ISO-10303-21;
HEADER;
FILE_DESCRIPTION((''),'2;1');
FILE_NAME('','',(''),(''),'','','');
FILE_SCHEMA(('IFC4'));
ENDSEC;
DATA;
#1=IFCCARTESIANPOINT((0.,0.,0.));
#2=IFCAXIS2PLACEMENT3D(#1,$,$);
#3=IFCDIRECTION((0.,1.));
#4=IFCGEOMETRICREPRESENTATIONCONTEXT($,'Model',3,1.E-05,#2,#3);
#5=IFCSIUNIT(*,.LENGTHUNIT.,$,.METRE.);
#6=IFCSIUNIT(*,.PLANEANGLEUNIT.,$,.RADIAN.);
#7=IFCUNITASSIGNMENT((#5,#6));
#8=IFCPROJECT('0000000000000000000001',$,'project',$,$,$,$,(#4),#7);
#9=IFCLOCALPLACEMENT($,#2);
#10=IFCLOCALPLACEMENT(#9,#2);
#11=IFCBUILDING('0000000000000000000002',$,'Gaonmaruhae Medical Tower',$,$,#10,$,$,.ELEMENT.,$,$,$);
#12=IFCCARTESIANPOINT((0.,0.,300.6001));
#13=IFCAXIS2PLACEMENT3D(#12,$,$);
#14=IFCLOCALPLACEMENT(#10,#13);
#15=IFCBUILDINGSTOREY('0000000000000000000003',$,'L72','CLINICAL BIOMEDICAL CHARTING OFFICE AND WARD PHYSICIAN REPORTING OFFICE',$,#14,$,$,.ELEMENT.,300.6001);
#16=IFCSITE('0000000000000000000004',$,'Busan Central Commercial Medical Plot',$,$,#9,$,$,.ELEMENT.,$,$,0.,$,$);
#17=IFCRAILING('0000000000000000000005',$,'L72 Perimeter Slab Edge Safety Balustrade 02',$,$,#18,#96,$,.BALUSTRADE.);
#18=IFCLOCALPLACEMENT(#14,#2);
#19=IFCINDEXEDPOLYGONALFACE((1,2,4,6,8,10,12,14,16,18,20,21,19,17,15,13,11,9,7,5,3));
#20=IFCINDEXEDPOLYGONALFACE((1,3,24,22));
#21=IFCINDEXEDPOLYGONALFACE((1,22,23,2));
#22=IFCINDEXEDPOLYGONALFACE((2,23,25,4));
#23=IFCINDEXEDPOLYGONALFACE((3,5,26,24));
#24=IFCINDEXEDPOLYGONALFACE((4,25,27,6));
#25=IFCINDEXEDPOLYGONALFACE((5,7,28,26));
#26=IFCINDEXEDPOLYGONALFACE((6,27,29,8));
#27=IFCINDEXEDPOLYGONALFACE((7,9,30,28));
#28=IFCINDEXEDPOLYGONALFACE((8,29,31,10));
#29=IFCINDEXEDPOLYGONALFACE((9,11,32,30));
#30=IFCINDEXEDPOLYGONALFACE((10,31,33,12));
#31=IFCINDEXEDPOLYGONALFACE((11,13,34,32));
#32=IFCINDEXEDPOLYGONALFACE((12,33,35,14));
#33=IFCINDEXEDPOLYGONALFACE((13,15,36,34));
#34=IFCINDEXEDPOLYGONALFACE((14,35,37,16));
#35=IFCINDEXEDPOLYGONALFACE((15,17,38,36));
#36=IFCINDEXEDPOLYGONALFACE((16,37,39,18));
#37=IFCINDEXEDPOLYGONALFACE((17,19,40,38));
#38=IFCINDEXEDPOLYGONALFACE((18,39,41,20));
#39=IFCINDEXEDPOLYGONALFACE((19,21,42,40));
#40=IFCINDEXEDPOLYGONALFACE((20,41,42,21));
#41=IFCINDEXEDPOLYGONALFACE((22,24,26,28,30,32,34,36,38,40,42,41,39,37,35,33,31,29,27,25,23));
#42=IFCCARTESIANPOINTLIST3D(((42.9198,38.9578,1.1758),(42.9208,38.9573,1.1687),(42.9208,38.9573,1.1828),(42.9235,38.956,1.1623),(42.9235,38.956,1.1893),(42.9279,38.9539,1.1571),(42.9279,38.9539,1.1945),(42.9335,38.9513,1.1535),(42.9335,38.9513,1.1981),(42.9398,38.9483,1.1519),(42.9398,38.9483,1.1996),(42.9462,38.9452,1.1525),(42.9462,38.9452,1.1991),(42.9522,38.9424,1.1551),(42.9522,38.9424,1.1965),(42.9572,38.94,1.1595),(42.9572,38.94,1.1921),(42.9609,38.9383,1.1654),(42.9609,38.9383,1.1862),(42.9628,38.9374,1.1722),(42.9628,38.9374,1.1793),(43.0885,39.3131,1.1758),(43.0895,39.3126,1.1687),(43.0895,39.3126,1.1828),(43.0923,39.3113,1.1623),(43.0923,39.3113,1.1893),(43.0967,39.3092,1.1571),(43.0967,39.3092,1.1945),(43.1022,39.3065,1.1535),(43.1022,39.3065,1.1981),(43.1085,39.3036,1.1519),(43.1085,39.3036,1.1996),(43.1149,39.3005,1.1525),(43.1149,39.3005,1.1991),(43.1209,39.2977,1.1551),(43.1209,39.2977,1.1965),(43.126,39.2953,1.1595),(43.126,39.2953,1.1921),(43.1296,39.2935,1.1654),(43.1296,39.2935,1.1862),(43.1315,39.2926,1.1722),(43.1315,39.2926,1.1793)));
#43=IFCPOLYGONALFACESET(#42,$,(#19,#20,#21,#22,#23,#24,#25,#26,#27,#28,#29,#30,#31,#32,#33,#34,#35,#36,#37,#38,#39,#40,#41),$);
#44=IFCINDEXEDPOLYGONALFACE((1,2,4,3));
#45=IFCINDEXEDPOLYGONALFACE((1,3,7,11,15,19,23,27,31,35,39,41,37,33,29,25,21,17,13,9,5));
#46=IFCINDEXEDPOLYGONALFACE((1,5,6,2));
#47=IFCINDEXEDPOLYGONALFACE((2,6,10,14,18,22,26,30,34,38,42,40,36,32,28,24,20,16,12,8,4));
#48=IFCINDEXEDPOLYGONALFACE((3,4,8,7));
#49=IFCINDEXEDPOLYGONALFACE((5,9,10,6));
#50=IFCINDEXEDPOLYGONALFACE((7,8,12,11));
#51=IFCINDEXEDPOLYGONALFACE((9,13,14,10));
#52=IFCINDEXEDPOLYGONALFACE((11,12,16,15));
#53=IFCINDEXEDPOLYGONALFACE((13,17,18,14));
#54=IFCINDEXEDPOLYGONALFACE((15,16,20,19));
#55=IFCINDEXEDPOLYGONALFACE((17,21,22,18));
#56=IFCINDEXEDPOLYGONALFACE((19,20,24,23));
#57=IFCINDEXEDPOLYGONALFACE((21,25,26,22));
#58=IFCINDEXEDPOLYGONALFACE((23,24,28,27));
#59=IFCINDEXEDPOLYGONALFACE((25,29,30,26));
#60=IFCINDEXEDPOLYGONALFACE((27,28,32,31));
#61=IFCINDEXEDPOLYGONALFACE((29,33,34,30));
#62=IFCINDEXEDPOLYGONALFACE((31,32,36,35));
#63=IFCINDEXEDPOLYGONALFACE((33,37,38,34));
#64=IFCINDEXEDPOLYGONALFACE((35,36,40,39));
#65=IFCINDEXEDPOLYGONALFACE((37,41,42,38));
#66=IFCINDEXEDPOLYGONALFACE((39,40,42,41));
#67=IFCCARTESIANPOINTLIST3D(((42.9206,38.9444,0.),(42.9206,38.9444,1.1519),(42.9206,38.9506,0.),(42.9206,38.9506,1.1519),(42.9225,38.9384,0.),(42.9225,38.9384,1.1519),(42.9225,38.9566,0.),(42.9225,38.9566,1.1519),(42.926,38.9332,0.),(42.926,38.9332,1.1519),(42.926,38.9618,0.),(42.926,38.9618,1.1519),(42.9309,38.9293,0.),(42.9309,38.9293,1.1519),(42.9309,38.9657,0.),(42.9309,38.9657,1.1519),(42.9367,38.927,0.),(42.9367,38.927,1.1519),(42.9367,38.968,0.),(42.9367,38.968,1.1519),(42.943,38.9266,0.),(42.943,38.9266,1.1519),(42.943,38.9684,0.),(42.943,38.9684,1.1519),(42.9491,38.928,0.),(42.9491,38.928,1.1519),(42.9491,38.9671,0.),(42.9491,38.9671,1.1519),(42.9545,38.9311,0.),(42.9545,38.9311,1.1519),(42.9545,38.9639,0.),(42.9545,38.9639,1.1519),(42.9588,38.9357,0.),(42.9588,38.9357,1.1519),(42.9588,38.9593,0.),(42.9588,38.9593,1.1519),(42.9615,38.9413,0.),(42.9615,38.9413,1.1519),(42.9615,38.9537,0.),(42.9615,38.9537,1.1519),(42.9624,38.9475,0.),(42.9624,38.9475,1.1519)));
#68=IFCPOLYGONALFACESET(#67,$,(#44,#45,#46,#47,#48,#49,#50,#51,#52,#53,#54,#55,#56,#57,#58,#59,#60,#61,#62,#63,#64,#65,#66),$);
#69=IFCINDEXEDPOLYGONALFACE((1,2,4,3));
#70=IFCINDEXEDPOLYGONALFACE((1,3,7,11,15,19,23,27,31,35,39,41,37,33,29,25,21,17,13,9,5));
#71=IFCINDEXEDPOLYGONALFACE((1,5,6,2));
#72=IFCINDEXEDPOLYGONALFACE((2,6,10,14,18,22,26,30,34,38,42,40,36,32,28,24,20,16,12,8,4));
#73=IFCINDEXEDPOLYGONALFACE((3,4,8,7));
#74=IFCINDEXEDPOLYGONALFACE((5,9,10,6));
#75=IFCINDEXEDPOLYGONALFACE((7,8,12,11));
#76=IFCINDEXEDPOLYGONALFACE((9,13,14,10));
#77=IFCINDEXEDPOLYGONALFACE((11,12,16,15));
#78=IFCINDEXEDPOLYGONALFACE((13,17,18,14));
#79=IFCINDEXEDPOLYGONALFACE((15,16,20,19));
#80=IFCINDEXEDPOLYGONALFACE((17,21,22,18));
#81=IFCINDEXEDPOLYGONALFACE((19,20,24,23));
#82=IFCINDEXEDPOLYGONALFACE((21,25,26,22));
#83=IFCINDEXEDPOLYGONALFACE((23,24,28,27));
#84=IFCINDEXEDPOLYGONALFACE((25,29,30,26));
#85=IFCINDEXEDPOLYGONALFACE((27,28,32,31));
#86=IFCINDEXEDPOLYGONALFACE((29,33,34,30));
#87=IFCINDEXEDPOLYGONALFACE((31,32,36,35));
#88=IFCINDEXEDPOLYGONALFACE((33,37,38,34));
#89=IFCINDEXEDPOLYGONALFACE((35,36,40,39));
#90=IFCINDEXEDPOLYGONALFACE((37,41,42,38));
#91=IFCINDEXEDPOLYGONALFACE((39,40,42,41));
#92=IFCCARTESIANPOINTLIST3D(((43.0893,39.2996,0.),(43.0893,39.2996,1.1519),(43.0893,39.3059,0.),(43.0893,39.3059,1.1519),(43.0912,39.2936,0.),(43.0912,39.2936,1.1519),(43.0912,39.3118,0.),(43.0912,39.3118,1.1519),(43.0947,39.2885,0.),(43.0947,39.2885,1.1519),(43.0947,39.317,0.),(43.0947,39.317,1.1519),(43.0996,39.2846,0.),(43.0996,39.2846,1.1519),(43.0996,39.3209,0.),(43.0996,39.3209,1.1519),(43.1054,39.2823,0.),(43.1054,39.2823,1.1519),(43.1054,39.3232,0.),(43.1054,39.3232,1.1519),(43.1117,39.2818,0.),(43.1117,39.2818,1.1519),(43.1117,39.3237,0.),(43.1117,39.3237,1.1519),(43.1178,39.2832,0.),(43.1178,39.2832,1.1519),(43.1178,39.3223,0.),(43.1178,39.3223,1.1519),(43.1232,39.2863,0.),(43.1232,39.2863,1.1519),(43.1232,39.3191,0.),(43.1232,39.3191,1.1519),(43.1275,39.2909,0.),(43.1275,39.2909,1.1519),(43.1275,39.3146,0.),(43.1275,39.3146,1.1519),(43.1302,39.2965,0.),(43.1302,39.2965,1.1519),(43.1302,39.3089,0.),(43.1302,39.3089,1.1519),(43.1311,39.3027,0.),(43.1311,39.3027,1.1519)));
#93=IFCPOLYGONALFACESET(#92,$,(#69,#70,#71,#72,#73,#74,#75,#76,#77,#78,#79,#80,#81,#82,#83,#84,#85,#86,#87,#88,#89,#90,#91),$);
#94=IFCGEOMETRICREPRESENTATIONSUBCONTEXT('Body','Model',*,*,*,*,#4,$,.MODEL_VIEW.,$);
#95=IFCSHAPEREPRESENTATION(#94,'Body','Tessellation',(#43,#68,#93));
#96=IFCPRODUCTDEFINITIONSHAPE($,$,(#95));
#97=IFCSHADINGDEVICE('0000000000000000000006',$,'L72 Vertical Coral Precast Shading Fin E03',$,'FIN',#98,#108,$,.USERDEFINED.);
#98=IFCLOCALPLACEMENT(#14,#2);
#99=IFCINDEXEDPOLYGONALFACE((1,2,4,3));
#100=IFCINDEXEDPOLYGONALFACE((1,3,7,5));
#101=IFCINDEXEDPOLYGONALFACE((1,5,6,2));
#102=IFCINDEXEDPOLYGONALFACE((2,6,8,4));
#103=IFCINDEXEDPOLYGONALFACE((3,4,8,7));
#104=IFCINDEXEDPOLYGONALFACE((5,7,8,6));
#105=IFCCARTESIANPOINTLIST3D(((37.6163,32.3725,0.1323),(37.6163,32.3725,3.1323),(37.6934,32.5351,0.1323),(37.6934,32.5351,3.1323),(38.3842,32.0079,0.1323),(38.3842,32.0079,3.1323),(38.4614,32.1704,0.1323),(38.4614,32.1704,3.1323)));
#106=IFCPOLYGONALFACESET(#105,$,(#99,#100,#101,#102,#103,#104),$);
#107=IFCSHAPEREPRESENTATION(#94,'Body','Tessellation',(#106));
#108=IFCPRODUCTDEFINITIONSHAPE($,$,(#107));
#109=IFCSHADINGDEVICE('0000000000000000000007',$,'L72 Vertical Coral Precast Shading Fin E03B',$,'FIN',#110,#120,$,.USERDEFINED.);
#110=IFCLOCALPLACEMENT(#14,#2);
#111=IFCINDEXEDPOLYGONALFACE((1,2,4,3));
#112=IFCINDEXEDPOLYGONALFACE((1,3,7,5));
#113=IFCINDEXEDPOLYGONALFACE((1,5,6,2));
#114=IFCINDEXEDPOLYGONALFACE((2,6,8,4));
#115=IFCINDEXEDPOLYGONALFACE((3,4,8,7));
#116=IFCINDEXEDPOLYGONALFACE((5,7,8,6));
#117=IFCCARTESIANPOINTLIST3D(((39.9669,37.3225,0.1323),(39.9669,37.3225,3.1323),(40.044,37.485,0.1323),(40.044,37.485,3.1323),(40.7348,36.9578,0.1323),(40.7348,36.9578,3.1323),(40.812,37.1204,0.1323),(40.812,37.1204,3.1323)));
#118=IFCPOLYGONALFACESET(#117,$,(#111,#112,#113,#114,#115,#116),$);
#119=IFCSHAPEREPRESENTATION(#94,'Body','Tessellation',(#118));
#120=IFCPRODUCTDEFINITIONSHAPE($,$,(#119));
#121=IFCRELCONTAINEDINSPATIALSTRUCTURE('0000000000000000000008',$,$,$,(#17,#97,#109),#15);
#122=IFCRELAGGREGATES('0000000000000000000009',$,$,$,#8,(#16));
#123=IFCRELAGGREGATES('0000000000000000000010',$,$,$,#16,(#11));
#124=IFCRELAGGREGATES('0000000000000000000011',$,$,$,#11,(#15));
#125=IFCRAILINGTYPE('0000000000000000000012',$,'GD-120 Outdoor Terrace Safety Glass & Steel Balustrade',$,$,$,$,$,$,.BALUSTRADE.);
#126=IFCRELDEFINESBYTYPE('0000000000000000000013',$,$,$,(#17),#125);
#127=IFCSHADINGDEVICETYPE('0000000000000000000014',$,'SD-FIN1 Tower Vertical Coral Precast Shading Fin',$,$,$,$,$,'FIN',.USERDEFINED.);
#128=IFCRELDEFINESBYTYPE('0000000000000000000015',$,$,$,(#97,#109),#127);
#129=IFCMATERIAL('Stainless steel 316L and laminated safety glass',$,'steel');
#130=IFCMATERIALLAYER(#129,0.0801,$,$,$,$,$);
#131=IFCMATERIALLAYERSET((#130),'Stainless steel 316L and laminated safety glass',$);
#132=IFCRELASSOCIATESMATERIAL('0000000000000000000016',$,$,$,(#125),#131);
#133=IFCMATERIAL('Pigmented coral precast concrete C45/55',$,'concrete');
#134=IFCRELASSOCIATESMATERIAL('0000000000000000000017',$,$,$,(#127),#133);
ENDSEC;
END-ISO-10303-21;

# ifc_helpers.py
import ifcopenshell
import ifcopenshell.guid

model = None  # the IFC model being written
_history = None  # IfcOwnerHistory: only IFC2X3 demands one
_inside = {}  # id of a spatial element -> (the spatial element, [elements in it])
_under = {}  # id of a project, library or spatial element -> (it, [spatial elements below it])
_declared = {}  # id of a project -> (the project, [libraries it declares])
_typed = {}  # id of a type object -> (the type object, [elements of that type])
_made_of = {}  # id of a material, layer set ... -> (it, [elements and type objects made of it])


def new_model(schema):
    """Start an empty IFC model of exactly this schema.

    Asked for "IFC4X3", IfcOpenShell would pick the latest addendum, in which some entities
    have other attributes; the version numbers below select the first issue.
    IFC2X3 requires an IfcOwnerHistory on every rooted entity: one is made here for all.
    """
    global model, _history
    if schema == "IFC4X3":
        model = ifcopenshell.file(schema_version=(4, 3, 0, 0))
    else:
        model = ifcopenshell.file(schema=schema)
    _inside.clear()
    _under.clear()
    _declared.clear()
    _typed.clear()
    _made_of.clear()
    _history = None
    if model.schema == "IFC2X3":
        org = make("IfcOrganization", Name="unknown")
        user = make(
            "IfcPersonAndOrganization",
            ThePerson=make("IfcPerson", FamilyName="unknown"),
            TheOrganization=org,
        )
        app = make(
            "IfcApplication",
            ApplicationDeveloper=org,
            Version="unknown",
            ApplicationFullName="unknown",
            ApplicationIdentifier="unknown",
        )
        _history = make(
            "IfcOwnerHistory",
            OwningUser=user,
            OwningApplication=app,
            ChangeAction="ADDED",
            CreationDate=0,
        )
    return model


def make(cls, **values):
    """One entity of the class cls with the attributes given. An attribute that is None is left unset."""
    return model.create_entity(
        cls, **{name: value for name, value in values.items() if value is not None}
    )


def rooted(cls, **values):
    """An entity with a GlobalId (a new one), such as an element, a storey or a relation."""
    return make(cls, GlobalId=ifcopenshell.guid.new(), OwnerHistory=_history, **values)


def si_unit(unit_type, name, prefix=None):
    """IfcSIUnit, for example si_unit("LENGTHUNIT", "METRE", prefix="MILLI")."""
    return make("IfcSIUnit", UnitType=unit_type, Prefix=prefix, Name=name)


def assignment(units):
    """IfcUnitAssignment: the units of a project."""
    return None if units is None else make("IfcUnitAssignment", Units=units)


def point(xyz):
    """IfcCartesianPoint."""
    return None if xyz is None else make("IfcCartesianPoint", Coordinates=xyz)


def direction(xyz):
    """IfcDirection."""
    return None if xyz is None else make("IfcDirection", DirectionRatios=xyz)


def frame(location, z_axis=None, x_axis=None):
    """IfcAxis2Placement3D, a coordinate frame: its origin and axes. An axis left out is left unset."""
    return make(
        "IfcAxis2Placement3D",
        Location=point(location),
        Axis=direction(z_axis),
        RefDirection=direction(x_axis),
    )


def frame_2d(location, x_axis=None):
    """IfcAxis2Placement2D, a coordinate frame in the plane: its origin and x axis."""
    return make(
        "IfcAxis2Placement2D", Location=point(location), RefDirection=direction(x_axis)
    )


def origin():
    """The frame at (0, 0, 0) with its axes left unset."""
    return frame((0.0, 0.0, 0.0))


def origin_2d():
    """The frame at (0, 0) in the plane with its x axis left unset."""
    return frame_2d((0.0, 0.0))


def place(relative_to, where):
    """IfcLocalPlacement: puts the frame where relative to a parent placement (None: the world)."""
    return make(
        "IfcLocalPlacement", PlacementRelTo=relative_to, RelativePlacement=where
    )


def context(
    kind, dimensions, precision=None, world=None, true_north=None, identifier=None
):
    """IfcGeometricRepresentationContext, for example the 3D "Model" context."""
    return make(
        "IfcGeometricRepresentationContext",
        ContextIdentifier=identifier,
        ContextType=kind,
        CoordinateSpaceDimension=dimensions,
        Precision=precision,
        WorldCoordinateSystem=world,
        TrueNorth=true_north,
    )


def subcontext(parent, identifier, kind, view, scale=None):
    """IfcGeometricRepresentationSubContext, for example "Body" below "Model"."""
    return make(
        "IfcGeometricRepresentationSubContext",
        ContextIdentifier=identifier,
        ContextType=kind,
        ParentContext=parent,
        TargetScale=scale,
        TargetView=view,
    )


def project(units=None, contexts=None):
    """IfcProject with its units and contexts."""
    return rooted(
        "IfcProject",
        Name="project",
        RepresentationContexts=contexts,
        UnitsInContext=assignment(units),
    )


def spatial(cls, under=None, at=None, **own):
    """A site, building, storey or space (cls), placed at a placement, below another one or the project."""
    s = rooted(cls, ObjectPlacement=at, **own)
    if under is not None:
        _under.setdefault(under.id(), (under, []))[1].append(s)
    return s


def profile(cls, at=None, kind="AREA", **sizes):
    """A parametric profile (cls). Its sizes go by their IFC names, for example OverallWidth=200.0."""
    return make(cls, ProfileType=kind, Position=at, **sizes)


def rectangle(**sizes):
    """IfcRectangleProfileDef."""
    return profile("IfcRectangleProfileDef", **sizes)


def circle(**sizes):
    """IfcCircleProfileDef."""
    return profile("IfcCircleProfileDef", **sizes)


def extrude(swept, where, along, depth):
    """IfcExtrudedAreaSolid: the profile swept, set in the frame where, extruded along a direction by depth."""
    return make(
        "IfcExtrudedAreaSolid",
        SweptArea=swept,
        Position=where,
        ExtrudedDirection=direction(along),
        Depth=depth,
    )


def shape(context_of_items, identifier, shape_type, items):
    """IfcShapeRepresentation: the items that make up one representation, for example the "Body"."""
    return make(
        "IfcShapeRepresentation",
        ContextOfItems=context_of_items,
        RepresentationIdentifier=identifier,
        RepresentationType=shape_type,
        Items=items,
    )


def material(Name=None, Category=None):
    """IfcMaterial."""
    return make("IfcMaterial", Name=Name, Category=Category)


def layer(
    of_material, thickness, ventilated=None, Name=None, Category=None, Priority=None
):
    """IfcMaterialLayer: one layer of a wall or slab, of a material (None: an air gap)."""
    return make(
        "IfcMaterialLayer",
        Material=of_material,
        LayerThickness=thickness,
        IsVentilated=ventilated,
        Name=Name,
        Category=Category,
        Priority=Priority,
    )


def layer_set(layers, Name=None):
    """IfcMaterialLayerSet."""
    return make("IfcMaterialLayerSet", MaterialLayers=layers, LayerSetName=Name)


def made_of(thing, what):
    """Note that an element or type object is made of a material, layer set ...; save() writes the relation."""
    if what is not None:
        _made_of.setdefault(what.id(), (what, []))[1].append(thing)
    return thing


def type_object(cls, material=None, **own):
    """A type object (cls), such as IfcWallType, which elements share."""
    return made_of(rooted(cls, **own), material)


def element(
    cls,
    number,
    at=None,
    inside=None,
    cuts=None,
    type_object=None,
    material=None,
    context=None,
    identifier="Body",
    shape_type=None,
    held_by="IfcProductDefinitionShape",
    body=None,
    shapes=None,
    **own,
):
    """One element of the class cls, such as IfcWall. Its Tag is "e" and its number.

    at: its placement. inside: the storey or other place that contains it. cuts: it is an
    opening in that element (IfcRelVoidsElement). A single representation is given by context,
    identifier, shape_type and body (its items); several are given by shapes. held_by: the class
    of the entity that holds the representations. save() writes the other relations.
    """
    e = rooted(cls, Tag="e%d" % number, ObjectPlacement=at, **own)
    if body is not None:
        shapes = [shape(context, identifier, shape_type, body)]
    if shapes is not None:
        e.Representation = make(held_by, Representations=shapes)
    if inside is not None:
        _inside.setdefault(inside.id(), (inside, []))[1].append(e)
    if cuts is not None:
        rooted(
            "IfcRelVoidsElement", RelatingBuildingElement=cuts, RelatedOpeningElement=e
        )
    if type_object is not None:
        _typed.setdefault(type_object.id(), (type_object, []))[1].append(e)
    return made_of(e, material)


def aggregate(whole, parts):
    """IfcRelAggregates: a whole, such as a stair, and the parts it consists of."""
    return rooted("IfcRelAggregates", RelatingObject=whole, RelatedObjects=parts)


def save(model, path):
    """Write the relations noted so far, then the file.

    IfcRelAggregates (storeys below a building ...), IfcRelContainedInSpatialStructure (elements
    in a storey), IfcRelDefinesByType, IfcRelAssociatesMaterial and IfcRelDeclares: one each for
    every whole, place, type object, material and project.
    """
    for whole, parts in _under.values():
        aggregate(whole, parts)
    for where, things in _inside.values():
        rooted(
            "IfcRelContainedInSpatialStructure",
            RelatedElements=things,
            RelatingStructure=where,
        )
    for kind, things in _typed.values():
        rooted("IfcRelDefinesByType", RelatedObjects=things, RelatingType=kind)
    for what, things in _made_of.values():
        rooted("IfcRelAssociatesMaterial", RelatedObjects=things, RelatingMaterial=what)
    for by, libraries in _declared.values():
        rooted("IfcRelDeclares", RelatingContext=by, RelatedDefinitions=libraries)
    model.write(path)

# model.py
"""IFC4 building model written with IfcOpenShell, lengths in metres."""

from ifc_helpers import new_model, si_unit, direction, frame, origin, origin_2d, place, context, subcontext, project, spatial, rectangle, circle, extrude, material, layer, layer_set, type_object, element, save


model = new_model("IFC4")

# Units and contexts
model_context = context("Model", 3, precision=1e-05, world=origin(), true_north=direction((0.0, 1.0)))
body_context = subcontext(model_context, "Body", "Model", "MODEL_VIEW")
ifc_project = project(units=[si_unit("LENGTHUNIT", "METRE"), si_unit("PLANEANGLEUNIT", "RADIAN")], contexts=[model_context])

# Site, building, storey
site_placement = place(None, origin())
site = spatial("IfcSite", under=ifc_project, at=site_placement, Name="Busan Central Commercial Medical Plot", CompositionType="ELEMENT", RefElevation=0.0)
building_placement = place(site_placement, origin())
building = spatial("IfcBuilding", under=site, at=building_placement, Name="Gaonmaruhae Medical Tower", CompositionType="ELEMENT")
storey_placement = place(building_placement, frame((0.0, 0.0, 300.6001)))
storey = spatial("IfcBuildingStorey", under=building, at=storey_placement, Name="L72", Description="CLINICAL BIOMEDICAL CHARTING OFFICE AND WARD PHYSICIAN REPORTING OFFICE", CompositionType="ELEMENT", Elevation=300.6001)

# Railing
ifc_material_1 = material(Name="Stainless steel 316L and laminated safety glass", Category="steel")
ifc_layer_1 = layer(ifc_material_1, 0.0801)
ifc_layer_set_1 = layer_set([ifc_layer_1], Name="Stainless steel 316L and laminated safety glass")
railing_type = type_object("IfcRailingType", Name="GD-120 Outdoor Terrace Safety Glass & Steel Balustrade", PredefinedType="BALUSTRADE", material=ifc_layer_set_1)
railing_placement = place(storey_placement, frame((42.9414, 38.9475, 0.0)))
element("IfcRailing", 1, at=railing_placement, inside=storey, type_object=railing_type, Name="L72 Perimeter Slab Edge Safety Balustrade 02", PredefinedType="BALUSTRADE", context=body_context, shape_type="SweptSolid", body=[
    extrude(circle(Radius=0.0239, at=origin_2d()), frame((0.0, 0.0, 1.1758), z_axis=(0.428993, 0.903308, 0.0), x_axis=(-0.903308, 0.428993, 0.0)), (0.0, 0.0, 1.0), 0.3933),
    extrude(circle(Radius=0.021, at=origin_2d()), origin(), (0.0, 0.0, 1.0), 1.1519),
    extrude(circle(Radius=0.021, at=origin_2d()), frame((0.1687, 0.3552, 0.0)), (0.0, 0.0, 1.0), 1.1519),
])

# Shading devices
ifc_material_2 = material(Name="Pigmented coral precast concrete C45/55", Category="concrete")
shading_device_type = type_object("IfcShadingDeviceType", Name="SD-FIN1 Tower Vertical Coral Precast Shading Fin", ElementType="FIN", PredefinedType="USERDEFINED", material=ifc_material_2)
for number, where, z_axis, x_axis, name in (
    (2, (38.0388, 32.2715, 0.1323), (0.0, 0.0, 1.0), (0.428935, 0.903335, 0.0), "L72 Vertical Coral Precast Shading Fin E03"),
    (3, (40.3894, 37.2214, 0.1323), (0.0, 0.0, 1.0), (0.428935, 0.903335, 0.0), "L72 Vertical Coral Precast Shading Fin E03B"),
):
    element("IfcShadingDevice", number, at=place(storey_placement, frame(where, z_axis=z_axis, x_axis=x_axis)), inside=storey, type_object=shading_device_type, Name=name, ObjectType="FIN", PredefinedType="USERDEFINED", context=body_context, shape_type="SweptSolid", body=[
        extrude(rectangle(XDim=0.1799, YDim=0.8501, at=origin_2d()), origin(), (0.0, 0.0, 1.0), 3.0),
    ])

save(model, "model.ifc")
